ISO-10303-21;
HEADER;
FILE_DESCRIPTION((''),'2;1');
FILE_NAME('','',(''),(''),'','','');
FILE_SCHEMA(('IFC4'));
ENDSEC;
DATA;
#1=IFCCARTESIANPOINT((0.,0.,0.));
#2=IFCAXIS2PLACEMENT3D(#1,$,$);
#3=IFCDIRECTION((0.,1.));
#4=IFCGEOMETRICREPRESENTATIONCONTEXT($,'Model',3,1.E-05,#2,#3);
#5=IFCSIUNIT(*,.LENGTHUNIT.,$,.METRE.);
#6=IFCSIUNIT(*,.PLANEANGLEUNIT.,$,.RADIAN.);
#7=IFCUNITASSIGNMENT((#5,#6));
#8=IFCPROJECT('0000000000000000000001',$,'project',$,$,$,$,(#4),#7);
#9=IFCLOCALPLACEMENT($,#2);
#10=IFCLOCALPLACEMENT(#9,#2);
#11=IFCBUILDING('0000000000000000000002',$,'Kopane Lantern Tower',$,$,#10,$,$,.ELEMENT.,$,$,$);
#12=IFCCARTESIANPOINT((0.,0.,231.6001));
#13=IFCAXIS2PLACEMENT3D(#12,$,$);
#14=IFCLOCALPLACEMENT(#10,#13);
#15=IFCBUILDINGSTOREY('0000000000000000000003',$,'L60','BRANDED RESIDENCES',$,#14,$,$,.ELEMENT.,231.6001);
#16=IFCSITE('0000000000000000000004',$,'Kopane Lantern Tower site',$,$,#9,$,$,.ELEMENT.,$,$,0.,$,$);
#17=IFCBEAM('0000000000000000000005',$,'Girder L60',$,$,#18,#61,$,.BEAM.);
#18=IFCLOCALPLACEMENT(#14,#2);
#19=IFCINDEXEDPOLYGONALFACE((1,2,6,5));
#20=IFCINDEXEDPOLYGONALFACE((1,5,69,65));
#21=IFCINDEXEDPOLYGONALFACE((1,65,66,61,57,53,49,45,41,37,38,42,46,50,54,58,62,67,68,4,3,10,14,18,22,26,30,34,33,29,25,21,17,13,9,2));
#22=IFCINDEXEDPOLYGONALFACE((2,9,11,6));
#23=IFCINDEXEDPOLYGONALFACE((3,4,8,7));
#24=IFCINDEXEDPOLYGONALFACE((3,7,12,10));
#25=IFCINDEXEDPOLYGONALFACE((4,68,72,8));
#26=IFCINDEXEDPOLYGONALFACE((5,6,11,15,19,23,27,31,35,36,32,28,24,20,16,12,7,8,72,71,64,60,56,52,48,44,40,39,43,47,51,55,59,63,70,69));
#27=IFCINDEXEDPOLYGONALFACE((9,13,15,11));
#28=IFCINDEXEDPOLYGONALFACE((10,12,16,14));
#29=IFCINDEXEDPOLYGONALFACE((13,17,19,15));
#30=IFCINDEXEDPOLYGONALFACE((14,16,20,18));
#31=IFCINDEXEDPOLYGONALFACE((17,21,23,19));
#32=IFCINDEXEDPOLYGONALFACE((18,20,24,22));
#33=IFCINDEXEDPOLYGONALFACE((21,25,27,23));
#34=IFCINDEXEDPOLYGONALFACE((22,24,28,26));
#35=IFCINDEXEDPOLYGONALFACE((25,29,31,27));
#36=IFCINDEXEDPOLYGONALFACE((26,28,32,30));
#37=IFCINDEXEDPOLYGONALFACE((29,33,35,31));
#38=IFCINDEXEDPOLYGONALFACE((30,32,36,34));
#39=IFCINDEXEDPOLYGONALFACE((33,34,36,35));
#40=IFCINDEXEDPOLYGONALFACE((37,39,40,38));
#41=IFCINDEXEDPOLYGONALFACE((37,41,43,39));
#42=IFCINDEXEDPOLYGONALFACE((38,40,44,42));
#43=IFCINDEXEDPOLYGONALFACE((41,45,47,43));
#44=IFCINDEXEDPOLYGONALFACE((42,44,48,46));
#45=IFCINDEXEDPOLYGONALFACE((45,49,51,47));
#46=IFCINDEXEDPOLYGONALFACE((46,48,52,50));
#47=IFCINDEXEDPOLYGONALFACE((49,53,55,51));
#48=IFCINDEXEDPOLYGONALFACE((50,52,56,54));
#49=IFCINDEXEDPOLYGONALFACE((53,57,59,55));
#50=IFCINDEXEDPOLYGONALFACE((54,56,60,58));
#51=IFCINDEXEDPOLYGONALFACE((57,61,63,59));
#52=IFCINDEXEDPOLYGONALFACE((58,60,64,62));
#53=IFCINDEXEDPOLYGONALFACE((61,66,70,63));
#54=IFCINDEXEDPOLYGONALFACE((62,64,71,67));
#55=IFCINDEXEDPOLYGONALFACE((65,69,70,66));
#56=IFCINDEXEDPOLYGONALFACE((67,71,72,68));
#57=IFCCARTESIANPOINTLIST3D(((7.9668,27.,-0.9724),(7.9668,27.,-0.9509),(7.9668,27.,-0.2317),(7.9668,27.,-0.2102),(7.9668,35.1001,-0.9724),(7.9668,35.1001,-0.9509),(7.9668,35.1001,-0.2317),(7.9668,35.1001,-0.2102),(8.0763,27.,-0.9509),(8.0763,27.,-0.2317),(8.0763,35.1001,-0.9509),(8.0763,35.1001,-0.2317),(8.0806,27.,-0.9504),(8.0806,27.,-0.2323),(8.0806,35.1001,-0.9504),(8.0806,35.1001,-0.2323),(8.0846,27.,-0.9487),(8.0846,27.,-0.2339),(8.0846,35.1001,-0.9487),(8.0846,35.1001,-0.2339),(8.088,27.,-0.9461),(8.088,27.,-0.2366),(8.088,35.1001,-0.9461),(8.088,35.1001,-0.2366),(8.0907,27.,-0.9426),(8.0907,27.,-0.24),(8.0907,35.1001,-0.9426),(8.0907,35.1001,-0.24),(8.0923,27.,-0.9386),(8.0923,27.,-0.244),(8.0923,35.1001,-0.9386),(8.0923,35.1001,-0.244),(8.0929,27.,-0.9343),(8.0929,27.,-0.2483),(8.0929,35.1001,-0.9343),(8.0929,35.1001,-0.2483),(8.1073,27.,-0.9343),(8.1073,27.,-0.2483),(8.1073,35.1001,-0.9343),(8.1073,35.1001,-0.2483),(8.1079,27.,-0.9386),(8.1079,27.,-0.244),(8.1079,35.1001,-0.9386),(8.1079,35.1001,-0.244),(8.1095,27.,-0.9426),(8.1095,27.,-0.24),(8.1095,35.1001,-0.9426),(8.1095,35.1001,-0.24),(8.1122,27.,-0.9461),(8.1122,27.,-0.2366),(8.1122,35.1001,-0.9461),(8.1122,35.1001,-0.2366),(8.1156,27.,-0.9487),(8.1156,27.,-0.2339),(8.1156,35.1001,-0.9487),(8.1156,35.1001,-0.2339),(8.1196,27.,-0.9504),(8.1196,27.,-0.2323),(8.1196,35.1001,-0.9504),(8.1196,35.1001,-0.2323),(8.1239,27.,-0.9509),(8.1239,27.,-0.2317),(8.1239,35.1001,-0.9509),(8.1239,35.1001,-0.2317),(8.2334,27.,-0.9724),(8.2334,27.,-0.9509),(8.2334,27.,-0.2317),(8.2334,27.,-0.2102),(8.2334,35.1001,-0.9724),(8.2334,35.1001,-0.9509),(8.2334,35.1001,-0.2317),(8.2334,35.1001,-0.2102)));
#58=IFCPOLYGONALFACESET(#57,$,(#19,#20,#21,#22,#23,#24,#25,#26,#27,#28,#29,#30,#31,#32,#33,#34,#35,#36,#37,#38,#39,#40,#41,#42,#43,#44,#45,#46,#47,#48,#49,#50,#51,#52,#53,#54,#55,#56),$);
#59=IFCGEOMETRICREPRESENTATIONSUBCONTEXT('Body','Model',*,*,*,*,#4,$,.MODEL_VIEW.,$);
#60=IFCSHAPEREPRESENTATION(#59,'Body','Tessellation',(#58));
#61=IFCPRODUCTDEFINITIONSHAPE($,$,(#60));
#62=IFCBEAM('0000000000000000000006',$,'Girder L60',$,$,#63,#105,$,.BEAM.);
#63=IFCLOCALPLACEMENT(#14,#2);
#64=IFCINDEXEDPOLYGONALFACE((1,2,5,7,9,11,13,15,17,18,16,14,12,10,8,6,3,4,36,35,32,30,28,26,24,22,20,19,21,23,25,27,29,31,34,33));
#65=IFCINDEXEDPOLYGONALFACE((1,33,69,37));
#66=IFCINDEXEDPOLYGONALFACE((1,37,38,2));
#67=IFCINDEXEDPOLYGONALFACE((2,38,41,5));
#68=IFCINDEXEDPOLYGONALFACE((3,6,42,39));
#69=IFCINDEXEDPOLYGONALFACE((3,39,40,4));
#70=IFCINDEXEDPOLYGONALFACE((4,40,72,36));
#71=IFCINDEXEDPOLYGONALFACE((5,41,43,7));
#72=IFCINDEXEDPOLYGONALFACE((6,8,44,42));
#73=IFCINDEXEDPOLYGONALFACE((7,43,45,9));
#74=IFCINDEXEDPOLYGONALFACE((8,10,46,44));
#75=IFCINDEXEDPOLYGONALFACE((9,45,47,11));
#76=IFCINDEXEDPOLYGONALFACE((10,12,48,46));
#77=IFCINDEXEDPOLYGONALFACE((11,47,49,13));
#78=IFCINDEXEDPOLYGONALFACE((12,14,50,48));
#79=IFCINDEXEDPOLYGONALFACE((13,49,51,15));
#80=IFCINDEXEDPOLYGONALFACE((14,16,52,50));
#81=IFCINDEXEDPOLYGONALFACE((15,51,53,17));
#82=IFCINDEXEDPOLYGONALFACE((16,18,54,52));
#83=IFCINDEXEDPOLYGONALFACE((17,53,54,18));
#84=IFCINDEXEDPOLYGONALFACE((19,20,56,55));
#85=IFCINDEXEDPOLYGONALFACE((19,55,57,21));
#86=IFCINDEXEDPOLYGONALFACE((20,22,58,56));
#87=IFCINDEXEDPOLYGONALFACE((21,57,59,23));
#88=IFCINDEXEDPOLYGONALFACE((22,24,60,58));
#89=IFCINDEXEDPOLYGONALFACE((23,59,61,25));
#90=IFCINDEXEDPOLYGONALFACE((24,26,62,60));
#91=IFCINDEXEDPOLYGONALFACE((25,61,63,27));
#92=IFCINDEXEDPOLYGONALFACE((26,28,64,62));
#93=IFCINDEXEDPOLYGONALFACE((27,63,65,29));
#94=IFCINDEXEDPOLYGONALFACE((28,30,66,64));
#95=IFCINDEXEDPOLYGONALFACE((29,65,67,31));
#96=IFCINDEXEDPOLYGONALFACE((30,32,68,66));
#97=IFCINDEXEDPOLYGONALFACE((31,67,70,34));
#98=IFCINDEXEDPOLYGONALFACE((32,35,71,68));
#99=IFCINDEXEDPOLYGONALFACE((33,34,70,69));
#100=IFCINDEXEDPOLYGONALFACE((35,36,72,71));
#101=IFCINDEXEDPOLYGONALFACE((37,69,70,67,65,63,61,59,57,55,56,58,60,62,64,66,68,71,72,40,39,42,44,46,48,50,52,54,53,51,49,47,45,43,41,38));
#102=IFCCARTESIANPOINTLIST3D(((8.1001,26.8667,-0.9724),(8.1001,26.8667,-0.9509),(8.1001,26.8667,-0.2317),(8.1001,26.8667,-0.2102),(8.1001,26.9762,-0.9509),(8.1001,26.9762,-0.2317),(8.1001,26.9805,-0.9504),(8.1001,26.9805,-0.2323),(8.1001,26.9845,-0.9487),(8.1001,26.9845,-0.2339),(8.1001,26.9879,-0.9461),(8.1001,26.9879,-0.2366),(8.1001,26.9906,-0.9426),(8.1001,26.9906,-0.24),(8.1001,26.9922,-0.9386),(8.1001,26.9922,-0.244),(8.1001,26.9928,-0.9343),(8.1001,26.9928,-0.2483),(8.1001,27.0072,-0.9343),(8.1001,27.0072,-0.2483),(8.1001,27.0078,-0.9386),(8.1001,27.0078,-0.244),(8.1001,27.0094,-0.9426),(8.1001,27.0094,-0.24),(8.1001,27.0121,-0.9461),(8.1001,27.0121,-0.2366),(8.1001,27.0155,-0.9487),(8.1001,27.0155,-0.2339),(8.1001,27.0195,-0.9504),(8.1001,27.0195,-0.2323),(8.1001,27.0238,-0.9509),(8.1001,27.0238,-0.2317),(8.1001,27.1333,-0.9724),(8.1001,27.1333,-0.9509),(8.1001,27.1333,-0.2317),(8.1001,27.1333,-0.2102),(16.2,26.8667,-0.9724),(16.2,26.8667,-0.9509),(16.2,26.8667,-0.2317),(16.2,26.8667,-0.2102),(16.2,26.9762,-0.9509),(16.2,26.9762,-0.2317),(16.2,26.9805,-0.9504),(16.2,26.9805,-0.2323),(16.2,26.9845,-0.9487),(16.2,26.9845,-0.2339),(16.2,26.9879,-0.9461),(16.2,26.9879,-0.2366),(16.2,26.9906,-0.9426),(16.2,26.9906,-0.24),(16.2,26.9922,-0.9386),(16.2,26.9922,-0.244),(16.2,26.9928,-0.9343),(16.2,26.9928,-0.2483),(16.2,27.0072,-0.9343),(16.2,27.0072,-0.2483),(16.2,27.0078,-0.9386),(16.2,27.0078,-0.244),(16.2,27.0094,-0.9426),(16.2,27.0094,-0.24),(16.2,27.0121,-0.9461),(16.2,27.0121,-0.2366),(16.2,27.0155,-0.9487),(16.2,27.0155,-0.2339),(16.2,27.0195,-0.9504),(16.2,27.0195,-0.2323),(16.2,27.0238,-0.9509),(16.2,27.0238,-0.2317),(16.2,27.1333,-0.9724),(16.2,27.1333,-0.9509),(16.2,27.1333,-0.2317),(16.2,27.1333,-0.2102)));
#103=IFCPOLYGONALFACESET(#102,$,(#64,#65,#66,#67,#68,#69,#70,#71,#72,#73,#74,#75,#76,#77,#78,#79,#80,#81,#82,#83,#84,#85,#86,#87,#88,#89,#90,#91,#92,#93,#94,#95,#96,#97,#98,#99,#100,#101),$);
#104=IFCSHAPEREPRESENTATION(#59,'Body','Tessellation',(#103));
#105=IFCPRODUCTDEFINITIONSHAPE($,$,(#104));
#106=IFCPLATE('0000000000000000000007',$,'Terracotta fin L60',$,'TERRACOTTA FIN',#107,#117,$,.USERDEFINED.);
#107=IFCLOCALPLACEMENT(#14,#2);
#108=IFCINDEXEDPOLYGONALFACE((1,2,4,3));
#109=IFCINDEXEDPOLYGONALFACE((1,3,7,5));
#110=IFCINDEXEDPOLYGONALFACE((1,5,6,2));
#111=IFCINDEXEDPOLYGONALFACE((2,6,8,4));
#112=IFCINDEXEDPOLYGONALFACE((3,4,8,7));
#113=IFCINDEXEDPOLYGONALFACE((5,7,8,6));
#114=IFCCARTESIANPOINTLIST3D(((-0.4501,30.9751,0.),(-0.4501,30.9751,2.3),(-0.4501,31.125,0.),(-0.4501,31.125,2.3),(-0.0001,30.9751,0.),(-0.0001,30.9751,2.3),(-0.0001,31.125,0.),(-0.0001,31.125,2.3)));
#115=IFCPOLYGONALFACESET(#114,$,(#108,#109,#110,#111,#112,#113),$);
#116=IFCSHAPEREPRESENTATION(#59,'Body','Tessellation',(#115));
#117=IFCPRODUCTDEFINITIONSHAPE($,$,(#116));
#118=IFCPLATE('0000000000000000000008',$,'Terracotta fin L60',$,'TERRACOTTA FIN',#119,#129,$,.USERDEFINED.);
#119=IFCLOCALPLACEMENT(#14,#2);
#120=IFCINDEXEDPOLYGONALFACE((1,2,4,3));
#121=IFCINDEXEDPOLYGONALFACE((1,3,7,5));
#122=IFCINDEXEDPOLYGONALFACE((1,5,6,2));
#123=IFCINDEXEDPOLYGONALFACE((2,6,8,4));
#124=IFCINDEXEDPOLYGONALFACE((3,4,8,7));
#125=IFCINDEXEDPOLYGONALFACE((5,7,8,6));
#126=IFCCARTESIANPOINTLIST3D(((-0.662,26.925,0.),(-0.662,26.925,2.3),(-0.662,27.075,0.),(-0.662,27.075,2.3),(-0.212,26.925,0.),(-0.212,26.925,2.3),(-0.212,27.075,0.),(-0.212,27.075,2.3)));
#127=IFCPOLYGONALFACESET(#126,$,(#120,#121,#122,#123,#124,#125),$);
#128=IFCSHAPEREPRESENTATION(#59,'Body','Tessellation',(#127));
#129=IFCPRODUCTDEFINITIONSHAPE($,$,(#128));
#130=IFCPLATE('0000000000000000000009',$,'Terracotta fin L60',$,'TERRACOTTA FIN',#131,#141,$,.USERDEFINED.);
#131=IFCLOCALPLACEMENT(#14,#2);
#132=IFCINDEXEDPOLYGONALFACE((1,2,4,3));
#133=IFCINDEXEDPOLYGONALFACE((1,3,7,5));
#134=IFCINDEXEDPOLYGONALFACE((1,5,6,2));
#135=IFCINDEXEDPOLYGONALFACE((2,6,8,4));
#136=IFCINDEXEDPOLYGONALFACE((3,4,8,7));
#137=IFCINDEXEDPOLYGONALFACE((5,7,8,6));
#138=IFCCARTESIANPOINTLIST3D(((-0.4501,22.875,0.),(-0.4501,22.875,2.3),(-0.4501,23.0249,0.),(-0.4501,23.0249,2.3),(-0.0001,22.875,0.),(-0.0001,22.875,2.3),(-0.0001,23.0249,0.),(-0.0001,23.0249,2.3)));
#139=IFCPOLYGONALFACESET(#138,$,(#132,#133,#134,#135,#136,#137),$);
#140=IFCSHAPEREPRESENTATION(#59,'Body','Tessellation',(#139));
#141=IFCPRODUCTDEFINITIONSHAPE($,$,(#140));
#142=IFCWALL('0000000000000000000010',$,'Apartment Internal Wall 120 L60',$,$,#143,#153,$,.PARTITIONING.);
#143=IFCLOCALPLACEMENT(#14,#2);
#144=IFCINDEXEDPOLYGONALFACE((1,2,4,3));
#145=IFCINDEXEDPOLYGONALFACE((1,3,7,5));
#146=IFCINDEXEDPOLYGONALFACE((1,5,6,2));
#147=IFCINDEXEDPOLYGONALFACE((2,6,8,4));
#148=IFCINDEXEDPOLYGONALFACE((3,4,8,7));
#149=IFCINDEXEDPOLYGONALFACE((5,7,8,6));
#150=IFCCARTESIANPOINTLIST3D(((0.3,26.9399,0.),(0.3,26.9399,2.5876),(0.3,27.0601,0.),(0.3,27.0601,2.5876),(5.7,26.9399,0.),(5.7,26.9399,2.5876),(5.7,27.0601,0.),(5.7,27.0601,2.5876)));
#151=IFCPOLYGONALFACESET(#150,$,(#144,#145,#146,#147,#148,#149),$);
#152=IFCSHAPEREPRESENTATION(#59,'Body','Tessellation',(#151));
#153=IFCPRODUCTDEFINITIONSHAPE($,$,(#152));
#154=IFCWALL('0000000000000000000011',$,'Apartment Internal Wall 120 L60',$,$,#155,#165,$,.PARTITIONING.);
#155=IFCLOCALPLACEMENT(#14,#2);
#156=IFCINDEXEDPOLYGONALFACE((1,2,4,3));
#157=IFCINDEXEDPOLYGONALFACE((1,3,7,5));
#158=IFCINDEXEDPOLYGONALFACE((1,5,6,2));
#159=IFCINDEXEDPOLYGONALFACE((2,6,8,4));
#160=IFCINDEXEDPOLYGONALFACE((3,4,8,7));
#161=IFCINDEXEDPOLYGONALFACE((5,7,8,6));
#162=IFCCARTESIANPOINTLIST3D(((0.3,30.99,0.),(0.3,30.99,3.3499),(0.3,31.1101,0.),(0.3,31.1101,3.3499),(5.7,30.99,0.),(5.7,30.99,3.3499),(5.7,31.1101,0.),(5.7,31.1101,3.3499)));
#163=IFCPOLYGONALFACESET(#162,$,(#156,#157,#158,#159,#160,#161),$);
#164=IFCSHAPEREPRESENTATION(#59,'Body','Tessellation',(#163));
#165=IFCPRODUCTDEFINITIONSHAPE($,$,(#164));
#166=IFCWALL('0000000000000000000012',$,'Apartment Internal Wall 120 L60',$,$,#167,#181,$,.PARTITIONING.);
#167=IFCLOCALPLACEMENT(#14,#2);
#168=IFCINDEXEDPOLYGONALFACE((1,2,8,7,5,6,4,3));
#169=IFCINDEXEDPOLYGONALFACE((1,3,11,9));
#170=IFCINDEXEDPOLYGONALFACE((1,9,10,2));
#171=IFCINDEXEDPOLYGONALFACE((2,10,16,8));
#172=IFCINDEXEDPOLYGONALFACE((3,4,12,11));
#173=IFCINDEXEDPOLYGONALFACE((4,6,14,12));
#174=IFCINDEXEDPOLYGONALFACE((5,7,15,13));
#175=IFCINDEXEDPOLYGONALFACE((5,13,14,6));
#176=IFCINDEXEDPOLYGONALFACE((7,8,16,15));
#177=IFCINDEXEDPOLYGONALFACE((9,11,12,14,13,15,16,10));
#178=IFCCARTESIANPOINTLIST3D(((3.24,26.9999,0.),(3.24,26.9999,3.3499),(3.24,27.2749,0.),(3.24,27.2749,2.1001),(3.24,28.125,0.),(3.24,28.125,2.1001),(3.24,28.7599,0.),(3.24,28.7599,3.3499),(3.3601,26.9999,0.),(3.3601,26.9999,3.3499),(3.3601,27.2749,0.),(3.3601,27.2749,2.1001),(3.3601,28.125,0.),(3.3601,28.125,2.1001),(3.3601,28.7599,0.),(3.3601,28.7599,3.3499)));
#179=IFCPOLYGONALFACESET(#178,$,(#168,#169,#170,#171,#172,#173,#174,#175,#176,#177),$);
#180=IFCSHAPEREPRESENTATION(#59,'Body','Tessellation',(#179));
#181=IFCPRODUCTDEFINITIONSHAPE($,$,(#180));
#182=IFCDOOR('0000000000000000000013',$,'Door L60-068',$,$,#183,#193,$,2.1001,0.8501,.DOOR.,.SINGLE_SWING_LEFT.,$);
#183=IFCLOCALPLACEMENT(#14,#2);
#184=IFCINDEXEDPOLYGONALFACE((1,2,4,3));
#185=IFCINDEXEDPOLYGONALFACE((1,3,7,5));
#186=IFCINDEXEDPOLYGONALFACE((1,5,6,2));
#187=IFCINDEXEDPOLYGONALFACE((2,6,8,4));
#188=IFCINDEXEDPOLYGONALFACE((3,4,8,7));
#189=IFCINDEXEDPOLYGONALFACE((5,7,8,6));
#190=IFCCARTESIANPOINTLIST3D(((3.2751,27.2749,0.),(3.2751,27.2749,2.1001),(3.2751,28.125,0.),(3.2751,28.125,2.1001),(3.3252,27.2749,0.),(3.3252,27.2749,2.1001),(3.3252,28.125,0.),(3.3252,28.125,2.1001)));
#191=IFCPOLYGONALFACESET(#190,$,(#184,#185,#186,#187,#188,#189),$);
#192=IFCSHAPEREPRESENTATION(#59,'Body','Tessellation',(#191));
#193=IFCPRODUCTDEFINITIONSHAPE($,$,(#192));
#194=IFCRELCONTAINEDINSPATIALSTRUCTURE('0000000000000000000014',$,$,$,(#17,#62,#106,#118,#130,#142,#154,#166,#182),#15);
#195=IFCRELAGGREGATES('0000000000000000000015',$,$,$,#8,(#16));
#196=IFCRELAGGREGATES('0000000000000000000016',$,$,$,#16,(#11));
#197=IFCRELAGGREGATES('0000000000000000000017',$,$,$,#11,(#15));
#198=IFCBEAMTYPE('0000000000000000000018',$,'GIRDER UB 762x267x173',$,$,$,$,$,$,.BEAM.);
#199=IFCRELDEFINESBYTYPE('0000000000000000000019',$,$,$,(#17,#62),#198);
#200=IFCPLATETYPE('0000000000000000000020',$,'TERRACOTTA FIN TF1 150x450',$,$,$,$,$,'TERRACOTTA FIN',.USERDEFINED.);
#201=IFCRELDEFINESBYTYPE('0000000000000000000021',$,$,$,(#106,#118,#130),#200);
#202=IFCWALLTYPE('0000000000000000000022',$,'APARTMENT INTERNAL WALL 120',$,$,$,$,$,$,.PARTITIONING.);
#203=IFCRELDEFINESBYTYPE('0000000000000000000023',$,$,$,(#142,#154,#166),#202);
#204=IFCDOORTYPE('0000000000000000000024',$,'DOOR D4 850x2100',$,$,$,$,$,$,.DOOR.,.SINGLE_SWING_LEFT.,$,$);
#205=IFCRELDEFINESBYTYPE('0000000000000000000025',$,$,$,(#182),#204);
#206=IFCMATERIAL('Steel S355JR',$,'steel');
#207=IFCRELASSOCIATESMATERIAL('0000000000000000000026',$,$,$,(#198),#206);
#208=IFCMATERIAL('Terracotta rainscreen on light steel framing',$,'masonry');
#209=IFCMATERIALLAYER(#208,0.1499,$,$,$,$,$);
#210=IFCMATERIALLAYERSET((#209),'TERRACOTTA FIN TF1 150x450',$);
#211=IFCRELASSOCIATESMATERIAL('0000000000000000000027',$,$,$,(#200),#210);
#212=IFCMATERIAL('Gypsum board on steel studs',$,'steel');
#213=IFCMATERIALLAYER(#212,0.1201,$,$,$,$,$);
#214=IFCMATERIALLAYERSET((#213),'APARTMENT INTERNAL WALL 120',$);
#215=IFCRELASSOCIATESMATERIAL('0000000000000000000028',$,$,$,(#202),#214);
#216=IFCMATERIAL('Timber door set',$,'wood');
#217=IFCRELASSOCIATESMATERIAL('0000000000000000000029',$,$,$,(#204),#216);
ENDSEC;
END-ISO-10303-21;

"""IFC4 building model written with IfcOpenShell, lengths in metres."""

from ifc_helpers import new_model, si_unit, direction, frame, frame_2d, origin, origin_2d, place, context, subcontext, project, spatial, rectangle, i_section, extrude, material, layer, layer_set, material_profile, profile_set, type_object, element, fill, save


model = new_model("IFC4")

# Units and contexts
model_context = context("Model", 3, precision=1e-05, world=origin(), true_north=direction((0.0, 1.0)))
body_context = subcontext(model_context, "Body", "Model", "MODEL_VIEW")
ifc_project = project(units=[si_unit("LENGTHUNIT", "METRE"), si_unit("PLANEANGLEUNIT", "RADIAN")], contexts=[model_context])

# Site, building, storey
site_placement = place(None, origin())
site = spatial("IfcSite", under=ifc_project, at=site_placement, Name="Kopane Lantern Tower site", CompositionType="ELEMENT", RefElevation=0.0)
building_placement = place(site_placement, origin())
building = spatial("IfcBuilding", under=site, at=building_placement, Name="Kopane Lantern Tower", CompositionType="ELEMENT")
storey_placement = place(building_placement, frame((0.0, 0.0, 231.6001)))
storey = spatial("IfcBuildingStorey", under=building, at=storey_placement, Name="L60", Description="BRANDED RESIDENCES", CompositionType="ELEMENT", Elevation=231.6001)

# Beams
ifc_material_1 = material(Name="Steel S355JR", Category="steel")
ifc_material_profile_1 = material_profile(ifc_material_1, i_section(OverallWidth=0.2666, OverallDepth=0.7622, WebThickness=0.0144, FlangeThickness=0.0215, FilletRadius=0.0166, at=origin_2d()), Name="UB 762x267x173")
ifc_profile_set_1 = profile_set([ifc_material_profile_1], Name="Steel S355JR")
beam_type = type_object("IfcBeamType", Name="GIRDER UB 762x267x173", PredefinedType="BEAM", material=ifc_profile_set_1)
for number, where, z_axis, x_axis, name in (
    (1, (8.1001, 27.0, -0.5913), (0.0, 1.0, 0.0), (-1.0, 0.0, 0.0), "Girder L60"),
):
    element("IfcBeam", number, at=place(storey_placement, frame(where, z_axis=z_axis, x_axis=x_axis)), inside=storey, type_object=beam_type, Name=name, PredefinedType="BEAM", context=body_context, shape_type="SweptSolid", body=[
        extrude(i_section(OverallWidth=0.2666, OverallDepth=0.7622, WebThickness=0.0144, FlangeThickness=0.0215, FilletRadius=0.0166, at=origin_2d()), origin(), (0.0, 0.0, 1.0), 8.1001),
    ])
beam_placement = place(storey_placement, frame((8.1001, 27.0, -0.5913), z_axis=(1.0, 0.0, 0.0), x_axis=(0.0, 1.0, 0.0)))
element("IfcBeam", 2, at=beam_placement, inside=storey, type_object=beam_type, Name="Girder L60", PredefinedType="BEAM", context=body_context, shape_type="SweptSolid", body=[
    extrude(i_section(OverallWidth=0.2666, OverallDepth=0.7622, WebThickness=0.0144, FlangeThickness=0.0215, FilletRadius=0.0166, at=origin_2d()), origin(), (0.0, 0.0, 1.0), 8.0999),
])

# Plates
ifc_material_2 = material(Name="Terracotta rainscreen on light steel framing", Category="masonry")
ifc_layer_1 = layer(ifc_material_2, 0.1499)
ifc_layer_set_1 = layer_set([ifc_layer_1], Name="TERRACOTTA FIN TF1 150x450")
plate_type = type_object("IfcPlateType", Name="TERRACOTTA FIN TF1 150x450", ElementType="TERRACOTTA FIN", PredefinedType="USERDEFINED", material=ifc_layer_set_1)
for number, where, z_axis, x_axis, name in (
    (3, (-0.2251, 31.05, 0.0), (0.0, 0.0, 1.0), (0.0, -1.0, 0.0), "Terracotta fin L60"),
    (4, (-0.437, 27.0, 0.0), (0.0, 0.0, 1.0), (0.0, -1.0, 0.0), "Terracotta fin L60"),
    (5, (-0.2251, 22.95, 0.0), (0.0, 0.0, 1.0), (0.0, -1.0, 0.0), "Terracotta fin L60"),
):
    element("IfcPlate", number, at=place(storey_placement, frame(where, z_axis=z_axis, x_axis=x_axis)), inside=storey, type_object=plate_type, Name=name, ObjectType="TERRACOTTA FIN", PredefinedType="USERDEFINED", context=body_context, shape_type="SweptSolid", body=[
        extrude(rectangle(XDim=0.1499, YDim=0.45, at=origin_2d()), origin(), (0.0, 0.0, 1.0), 2.3),
    ])

# Walls
ifc_material_3 = material(Name="Gypsum board on steel studs", Category="steel")
ifc_layer_2 = layer(ifc_material_3, 0.1201)
ifc_layer_set_2 = layer_set([ifc_layer_2], Name="APARTMENT INTERNAL WALL 120")
wall_type_1 = type_object("IfcWallType", Name="APARTMENT INTERNAL WALL 120", PredefinedType="PARTITIONING", material=ifc_layer_set_2)
wall_1_placement = place(storey_placement, frame((5.7, 27.0, 0.0), z_axis=(0.0, 0.0, 1.0), x_axis=(-1.0, 0.0, 0.0)))
element("IfcWall", 6, at=wall_1_placement, inside=storey, type_object=wall_type_1, Name="Apartment Internal Wall 120 L60", PredefinedType="PARTITIONING", context=body_context, shape_type="SweptSolid", body=[
    extrude(rectangle(XDim=5.3999, YDim=0.1201, at=frame_2d((2.7, 0.0))), origin(), (0.0, 0.0, 1.0), 2.5876),
])
wall_2_placement = place(storey_placement, frame((5.7, 31.05, 0.0), z_axis=(0.0, 0.0, 1.0), x_axis=(-1.0, 0.0, 0.0)))
element("IfcWall", 7, at=wall_2_placement, inside=storey, type_object=wall_type_1, Name="Apartment Internal Wall 120 L60", PredefinedType="PARTITIONING", context=body_context, shape_type="SweptSolid", body=[
    extrude(rectangle(XDim=5.3999, YDim=0.1201, at=frame_2d((2.7, 0.0))), origin(), (0.0, 0.0, 1.0), 3.3499),
])

# Wall, opening, door
wall_3_placement = place(storey_placement, frame((3.3, 27.0, 0.0), z_axis=(0.0, 0.0, 1.0), x_axis=(0.0, 1.0, 0.0)))
wall_3 = element("IfcWall", 8, at=wall_3_placement, inside=storey, type_object=wall_type_1, Name="Apartment Internal Wall 120 L60", PredefinedType="PARTITIONING", context=body_context, shape_type="SweptSolid", body=[
    extrude(rectangle(XDim=1.76, YDim=0.1201, at=frame_2d((0.8799, 0.0))), origin(), (0.0, 0.0, 1.0), 3.3499),
])
opening_1_placement = place(wall_3_placement, frame((0.2749, 0.0, 0.0)))
opening_1 = element("IfcOpeningElement", 9, at=opening_1_placement, cuts=wall_3, PredefinedType="OPENING", context=body_context, shape_type="SweptSolid", body=[
    extrude(rectangle(XDim=0.8501, YDim=2.1001, at=frame_2d((0.425, 1.05))), frame((0.0, 0.0701, 0.0), z_axis=(0.0, -1.0, 0.0), x_axis=(1.0, 0.0, 0.0)), (0.0, 0.0, 1.0), 0.1401),
])
ifc_material_4 = material(Name="Timber door set", Category="wood")
door_type_1 = type_object("IfcDoorType", Name="DOOR D4 850x2100", OperationType="SINGLE_SWING_LEFT", PredefinedType="DOOR", material=ifc_material_4)
door_1_placement = place(opening_1_placement, origin())
door_1 = element("IfcDoor", 10, at=door_1_placement, inside=storey, type_object=door_type_1, Name="Door L60-068", OperationType="SINGLE_SWING_LEFT", OverallHeight=2.1001, OverallWidth=0.8501, PredefinedType="DOOR", context=body_context, shape_type="SweptSolid", body=[
    extrude(rectangle(XDim=0.8501, YDim=2.1001, at=frame_2d((0.425, 1.05))), frame((0.0, 0.0249, 0.0), z_axis=(0.0, -1.0, 0.0), x_axis=(1.0, 0.0, 0.0)), (0.0, 0.0, 1.0), 0.05),
])
fill(opening_1, door_1)

save(model, "model.ifc")
